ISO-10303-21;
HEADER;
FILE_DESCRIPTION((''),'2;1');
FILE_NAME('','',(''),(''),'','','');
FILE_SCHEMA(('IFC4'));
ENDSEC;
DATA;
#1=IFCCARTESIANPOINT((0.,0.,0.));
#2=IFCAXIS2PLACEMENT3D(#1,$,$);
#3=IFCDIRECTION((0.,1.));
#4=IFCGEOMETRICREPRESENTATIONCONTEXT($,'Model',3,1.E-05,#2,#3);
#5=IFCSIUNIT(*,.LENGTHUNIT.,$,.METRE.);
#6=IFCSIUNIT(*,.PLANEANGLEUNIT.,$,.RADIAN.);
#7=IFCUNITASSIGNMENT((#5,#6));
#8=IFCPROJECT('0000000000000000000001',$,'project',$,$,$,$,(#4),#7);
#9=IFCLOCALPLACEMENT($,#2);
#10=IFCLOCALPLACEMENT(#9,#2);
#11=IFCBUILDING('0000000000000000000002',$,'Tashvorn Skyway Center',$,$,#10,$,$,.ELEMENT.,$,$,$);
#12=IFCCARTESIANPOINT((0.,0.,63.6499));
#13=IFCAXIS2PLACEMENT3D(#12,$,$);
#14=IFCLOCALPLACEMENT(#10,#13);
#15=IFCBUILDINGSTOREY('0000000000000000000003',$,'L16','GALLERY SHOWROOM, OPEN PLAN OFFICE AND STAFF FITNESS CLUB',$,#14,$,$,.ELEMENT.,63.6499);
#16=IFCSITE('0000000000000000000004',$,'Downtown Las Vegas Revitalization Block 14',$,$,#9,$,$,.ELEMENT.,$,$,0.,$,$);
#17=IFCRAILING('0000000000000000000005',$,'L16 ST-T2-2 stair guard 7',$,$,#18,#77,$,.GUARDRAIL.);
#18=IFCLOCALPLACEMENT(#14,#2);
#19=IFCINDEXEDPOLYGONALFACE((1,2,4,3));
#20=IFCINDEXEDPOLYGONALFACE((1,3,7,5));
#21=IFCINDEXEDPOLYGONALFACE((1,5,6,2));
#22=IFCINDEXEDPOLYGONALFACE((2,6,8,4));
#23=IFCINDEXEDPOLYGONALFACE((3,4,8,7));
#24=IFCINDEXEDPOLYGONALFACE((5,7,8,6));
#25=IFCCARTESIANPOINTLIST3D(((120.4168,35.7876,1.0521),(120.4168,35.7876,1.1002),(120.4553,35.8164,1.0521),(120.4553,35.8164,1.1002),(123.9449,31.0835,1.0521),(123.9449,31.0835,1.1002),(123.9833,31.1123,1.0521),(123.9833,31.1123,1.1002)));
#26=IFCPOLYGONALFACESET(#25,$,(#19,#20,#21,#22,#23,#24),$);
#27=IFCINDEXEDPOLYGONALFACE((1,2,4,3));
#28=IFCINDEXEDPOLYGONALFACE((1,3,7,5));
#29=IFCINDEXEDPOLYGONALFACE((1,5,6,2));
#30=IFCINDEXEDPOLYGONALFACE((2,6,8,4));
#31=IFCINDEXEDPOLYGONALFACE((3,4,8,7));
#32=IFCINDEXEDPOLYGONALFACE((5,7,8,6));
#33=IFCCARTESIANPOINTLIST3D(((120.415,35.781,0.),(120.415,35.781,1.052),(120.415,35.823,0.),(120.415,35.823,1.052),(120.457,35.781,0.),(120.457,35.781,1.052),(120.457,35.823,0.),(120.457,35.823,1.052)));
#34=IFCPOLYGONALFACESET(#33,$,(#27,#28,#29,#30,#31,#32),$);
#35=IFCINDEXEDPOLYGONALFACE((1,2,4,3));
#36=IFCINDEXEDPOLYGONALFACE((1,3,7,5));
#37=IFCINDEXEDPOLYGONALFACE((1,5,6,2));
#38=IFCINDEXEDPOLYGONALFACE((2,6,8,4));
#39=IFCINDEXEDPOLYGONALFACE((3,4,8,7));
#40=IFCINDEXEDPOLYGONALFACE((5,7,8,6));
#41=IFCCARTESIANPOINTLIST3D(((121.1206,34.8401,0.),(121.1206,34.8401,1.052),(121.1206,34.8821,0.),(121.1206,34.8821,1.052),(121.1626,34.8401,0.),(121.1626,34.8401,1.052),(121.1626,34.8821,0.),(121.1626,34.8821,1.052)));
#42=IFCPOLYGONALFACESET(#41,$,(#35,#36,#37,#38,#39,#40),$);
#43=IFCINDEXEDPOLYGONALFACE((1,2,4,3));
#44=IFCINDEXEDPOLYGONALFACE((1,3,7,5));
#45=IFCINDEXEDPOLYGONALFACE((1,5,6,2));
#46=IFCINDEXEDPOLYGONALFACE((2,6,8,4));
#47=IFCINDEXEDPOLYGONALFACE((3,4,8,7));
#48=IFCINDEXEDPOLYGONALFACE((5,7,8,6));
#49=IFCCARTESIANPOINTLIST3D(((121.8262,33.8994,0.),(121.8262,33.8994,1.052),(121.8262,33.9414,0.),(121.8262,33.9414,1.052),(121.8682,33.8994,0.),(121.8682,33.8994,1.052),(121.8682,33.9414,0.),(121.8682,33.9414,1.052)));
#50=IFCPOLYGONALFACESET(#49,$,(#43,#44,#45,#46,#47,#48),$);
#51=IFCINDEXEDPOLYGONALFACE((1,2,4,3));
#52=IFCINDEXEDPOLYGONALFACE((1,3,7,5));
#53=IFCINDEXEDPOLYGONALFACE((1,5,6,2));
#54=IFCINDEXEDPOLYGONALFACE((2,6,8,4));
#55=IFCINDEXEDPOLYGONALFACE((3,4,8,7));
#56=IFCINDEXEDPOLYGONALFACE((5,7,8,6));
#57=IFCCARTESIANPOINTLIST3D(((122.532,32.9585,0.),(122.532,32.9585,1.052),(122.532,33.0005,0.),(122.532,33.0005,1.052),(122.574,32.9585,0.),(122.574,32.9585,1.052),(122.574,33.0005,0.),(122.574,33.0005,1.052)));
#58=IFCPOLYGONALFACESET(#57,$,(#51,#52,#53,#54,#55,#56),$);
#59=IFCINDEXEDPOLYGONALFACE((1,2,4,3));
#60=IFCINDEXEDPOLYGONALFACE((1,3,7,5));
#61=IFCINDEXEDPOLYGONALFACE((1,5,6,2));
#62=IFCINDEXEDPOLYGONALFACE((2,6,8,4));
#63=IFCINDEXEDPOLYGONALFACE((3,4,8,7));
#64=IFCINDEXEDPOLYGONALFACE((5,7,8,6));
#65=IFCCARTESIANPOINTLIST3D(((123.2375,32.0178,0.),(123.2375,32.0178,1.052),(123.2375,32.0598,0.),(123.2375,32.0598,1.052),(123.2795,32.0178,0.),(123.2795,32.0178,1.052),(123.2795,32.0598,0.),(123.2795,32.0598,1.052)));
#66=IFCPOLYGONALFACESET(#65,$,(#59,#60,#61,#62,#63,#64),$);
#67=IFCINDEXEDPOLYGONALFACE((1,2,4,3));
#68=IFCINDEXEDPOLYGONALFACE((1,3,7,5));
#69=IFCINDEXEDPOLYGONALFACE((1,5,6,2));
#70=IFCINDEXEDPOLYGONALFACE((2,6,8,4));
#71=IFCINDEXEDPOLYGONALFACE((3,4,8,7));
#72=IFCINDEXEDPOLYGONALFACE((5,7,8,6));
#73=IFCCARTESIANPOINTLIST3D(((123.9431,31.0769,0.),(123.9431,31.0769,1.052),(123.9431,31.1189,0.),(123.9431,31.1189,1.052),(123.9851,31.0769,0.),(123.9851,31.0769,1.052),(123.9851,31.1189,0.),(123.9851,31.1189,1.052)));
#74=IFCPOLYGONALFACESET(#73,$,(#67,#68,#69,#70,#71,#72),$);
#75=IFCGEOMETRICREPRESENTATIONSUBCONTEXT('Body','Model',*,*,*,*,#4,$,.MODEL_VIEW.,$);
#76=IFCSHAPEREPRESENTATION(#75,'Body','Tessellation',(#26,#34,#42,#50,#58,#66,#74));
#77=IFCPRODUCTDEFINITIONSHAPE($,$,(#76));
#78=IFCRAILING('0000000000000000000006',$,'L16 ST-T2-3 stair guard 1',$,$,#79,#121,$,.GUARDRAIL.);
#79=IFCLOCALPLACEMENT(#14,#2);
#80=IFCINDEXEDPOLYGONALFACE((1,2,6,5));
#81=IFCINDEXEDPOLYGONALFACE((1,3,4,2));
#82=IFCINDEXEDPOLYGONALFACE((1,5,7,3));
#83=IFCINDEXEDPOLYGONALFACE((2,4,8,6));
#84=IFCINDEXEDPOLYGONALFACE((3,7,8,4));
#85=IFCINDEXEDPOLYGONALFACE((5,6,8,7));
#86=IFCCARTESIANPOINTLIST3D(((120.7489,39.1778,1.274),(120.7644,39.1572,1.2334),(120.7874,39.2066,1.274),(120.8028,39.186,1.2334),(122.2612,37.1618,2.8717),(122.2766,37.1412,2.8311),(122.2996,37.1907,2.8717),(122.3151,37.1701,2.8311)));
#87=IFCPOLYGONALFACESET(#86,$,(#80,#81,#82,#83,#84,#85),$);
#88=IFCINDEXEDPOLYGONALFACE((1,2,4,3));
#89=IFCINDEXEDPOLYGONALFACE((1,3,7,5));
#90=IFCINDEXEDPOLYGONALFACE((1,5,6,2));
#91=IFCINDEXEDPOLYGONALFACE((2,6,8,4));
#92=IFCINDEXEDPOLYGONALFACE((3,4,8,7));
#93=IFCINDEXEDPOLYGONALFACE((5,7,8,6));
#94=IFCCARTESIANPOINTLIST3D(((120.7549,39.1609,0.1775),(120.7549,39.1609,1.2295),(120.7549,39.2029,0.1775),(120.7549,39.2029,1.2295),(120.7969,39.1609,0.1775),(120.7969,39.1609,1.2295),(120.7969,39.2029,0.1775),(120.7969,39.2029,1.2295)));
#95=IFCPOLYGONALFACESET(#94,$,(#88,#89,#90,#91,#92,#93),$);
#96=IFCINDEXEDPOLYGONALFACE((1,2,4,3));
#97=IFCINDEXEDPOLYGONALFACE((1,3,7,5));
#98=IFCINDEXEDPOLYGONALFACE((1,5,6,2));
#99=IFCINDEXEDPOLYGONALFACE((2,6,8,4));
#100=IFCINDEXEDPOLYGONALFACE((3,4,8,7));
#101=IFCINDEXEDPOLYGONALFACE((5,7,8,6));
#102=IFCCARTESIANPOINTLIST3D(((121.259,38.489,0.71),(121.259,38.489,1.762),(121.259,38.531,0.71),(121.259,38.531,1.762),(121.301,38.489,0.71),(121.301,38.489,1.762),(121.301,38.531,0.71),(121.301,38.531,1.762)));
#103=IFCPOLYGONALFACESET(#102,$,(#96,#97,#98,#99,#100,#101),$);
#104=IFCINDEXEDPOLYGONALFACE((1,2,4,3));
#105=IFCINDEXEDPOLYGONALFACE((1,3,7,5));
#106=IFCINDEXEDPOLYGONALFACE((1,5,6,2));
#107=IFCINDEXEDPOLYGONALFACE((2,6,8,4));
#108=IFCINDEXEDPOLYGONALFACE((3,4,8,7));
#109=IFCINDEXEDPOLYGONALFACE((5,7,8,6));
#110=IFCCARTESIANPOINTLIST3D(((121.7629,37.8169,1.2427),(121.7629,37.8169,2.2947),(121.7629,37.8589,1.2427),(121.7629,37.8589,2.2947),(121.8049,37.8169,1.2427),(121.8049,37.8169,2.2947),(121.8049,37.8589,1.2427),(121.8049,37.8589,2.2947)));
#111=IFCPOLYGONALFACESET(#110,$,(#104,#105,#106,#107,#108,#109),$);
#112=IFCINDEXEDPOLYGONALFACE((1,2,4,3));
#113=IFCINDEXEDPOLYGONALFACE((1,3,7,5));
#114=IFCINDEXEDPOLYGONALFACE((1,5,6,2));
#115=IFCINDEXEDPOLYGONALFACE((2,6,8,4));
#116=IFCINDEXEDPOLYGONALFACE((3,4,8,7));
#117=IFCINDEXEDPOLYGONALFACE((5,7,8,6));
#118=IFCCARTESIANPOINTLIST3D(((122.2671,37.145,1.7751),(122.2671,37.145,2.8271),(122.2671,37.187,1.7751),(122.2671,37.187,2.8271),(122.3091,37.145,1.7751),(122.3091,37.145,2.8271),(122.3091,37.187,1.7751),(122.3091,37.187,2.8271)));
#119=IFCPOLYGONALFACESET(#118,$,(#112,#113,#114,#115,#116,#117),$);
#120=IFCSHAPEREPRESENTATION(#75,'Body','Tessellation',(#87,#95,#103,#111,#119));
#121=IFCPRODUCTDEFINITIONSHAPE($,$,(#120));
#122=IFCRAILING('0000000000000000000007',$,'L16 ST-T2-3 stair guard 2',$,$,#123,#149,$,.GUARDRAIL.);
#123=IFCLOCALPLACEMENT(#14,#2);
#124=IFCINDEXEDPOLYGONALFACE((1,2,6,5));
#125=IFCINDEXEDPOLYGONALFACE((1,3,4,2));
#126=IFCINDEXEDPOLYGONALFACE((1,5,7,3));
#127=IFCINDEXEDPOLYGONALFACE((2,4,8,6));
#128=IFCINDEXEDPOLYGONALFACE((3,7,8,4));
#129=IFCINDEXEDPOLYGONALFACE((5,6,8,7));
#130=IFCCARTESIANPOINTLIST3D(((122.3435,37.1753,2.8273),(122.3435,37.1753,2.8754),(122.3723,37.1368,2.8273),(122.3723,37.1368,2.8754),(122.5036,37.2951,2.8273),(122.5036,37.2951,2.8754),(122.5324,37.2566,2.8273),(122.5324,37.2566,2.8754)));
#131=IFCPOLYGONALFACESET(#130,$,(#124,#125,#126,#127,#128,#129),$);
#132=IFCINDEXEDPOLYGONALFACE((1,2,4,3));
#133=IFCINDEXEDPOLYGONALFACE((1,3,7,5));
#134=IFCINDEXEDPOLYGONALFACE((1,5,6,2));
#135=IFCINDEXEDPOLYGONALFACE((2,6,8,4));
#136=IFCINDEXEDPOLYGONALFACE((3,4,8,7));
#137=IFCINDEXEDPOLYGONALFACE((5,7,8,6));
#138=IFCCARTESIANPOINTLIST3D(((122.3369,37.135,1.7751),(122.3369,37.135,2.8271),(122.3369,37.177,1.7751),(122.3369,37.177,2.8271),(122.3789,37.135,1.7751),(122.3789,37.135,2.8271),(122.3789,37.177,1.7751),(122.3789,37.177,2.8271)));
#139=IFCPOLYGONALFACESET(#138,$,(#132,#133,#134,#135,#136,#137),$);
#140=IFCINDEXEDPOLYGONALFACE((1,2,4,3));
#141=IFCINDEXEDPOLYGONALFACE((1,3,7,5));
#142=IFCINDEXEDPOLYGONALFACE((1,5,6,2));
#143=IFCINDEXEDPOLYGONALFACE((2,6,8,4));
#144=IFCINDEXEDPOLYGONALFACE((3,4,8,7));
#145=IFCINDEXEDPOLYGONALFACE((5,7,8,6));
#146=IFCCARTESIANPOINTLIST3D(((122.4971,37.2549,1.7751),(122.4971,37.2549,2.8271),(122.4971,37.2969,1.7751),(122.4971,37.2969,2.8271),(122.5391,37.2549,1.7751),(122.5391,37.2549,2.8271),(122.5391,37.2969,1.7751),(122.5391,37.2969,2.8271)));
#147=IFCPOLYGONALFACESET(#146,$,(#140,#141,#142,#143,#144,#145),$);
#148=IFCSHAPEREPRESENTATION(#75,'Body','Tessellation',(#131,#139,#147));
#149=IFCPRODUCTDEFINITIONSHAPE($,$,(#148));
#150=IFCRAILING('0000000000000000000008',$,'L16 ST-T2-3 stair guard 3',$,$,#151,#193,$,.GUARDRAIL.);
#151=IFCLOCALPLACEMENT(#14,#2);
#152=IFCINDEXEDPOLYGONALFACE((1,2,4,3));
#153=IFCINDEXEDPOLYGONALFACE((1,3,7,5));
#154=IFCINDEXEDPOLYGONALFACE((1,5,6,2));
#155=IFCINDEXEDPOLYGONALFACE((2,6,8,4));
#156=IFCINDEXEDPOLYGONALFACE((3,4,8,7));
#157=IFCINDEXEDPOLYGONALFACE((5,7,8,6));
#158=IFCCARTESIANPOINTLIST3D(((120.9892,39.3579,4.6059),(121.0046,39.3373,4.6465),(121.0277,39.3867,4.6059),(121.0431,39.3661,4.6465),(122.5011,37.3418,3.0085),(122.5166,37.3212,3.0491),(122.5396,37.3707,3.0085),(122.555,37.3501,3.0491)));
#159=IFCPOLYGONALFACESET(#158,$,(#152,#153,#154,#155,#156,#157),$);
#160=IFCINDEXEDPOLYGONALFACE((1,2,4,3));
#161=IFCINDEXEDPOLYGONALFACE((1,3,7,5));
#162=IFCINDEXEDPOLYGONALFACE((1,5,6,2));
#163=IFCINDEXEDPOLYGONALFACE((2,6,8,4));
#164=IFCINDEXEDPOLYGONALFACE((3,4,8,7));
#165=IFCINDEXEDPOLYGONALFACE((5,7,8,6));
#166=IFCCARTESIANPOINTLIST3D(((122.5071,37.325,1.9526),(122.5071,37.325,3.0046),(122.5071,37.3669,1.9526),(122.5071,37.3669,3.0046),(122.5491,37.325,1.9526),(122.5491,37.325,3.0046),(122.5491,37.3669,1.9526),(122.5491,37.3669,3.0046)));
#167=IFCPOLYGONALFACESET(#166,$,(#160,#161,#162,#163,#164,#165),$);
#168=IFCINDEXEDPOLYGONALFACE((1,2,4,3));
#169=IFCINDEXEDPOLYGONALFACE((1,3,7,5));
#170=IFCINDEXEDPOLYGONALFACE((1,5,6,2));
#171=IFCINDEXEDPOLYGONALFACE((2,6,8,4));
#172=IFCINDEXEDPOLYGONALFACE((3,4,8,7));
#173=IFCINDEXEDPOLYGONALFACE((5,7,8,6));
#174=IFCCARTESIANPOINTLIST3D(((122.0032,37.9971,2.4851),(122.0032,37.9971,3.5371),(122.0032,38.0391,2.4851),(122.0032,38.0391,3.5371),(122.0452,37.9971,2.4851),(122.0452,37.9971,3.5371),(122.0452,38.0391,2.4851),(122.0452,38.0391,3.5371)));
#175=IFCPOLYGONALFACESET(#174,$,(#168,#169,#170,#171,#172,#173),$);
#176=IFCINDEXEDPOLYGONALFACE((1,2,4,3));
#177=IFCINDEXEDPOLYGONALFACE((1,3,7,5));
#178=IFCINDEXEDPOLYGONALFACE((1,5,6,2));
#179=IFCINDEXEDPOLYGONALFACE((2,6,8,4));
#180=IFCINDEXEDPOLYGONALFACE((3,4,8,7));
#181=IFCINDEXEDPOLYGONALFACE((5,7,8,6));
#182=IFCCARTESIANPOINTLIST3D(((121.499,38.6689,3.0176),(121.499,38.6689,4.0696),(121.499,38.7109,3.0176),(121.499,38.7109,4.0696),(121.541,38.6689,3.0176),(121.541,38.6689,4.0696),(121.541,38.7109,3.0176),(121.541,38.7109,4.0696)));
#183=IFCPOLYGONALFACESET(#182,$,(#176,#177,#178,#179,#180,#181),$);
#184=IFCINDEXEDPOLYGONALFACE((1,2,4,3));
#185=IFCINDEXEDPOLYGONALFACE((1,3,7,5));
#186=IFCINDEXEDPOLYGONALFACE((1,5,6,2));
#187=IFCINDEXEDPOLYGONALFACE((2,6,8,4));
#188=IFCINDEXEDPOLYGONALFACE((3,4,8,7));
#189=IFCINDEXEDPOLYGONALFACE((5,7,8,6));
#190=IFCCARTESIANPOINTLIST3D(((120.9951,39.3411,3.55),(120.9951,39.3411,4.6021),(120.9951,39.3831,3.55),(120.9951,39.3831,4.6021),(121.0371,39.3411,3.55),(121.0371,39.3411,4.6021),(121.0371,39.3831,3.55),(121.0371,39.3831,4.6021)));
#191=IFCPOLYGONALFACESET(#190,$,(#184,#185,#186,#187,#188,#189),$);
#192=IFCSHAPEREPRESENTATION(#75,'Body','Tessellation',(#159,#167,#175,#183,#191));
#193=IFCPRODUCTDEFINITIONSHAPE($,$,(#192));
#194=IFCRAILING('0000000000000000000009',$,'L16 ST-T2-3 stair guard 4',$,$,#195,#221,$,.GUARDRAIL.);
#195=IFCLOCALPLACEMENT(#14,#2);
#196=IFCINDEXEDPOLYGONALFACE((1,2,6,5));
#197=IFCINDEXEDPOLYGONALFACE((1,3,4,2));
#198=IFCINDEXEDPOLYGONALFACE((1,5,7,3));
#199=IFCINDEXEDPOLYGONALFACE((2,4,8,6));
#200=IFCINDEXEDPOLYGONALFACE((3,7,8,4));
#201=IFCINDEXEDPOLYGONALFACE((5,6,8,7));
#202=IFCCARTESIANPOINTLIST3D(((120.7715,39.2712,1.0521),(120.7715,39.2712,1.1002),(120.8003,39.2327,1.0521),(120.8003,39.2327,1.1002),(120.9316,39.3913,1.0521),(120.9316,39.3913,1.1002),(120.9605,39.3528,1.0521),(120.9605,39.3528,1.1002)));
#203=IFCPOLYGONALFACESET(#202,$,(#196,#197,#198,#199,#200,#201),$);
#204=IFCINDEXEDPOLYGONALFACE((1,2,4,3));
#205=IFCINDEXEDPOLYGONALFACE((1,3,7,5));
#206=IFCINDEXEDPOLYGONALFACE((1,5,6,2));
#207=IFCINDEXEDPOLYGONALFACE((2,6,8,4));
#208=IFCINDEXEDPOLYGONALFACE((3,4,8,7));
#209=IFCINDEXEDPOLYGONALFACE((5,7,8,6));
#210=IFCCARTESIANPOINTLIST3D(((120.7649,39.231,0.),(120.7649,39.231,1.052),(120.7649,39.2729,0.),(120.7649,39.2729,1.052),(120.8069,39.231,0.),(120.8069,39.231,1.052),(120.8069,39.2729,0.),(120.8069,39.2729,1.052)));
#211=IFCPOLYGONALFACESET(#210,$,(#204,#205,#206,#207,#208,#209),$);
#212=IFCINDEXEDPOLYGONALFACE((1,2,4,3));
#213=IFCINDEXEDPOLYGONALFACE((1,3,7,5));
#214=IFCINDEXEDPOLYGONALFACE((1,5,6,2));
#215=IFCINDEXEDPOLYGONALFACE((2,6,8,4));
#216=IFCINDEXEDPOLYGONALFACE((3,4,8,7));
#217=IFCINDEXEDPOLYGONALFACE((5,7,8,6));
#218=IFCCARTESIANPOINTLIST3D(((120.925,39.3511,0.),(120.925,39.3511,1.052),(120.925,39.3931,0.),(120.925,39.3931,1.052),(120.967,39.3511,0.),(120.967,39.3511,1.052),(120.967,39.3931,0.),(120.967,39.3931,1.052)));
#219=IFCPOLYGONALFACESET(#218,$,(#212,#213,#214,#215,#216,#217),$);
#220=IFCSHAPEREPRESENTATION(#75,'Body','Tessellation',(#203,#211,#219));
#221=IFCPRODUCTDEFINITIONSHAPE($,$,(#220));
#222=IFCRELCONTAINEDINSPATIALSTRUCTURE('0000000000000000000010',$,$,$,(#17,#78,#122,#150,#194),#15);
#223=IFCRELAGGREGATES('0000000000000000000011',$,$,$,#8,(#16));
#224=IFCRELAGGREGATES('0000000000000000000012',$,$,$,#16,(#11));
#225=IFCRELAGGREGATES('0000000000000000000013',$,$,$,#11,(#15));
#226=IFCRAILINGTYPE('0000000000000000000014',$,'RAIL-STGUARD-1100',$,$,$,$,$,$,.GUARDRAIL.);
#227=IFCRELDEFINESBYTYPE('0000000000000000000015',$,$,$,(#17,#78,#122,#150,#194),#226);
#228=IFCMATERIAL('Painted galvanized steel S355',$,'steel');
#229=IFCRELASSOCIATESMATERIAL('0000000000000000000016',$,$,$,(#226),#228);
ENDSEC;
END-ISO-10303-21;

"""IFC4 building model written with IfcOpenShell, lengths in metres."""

from ifc_helpers import new_model, si_unit, direction, frame, origin, origin_2d, place, context, subcontext, project, spatial, rectangle, extrude, material, type_object, element, save


model = new_model("IFC4")

# Units and contexts
model_context = context("Model", 3, precision=1e-05, world=origin(), true_north=direction((0.0, 1.0)))
body_context = subcontext(model_context, "Body", "Model", "MODEL_VIEW")
ifc_project = project(units=[si_unit("LENGTHUNIT", "METRE"), si_unit("PLANEANGLEUNIT", "RADIAN")], contexts=[model_context])

# Site, building, storey
site_placement = place(None, origin())
site = spatial("IfcSite", under=ifc_project, at=site_placement, Name="Downtown Las Vegas Revitalization Block 14", CompositionType="ELEMENT", RefElevation=0.0)
building_placement = place(site_placement, origin())
building = spatial("IfcBuilding", under=site, at=building_placement, Name="Tashvorn Skyway Center", CompositionType="ELEMENT")
storey_placement = place(building_placement, frame((0.0, 0.0, 63.6499)))
storey = spatial("IfcBuildingStorey", under=building, at=storey_placement, Name="L16", Description="GALLERY SHOWROOM, OPEN PLAN OFFICE AND STAFF FITNESS CLUB", CompositionType="ELEMENT", Elevation=63.6499)

# Railings
ifc_material_1 = material(Name="Painted galvanized steel S355", Category="steel")
railing_type_1 = type_object("IfcRailingType", Name="RAIL-STGUARD-1100", PredefinedType="GUARDRAIL", material=ifc_material_1)
railing_1_placement = place(storey_placement, frame((120.436, 35.802, 0.0)))
element("IfcRailing", 1, at=railing_1_placement, inside=storey, type_object=railing_type_1, Name="L16 ST-T2-2 stair guard 7", PredefinedType="GUARDRAIL", context=body_context, shape_type="SweptSolid", body=[
    extrude(rectangle(XDim=0.0481, YDim=0.0481, at=origin_2d()), frame((0.0, 0.0, 1.0762), z_axis=(0.6, -0.8, 0.0), x_axis=(0.8, 0.6, 0.0)), (0.0, 0.0, 1.0), 5.8801),
    extrude(rectangle(XDim=0.042, YDim=0.042, at=origin_2d()), origin(), (0.0, 0.0, 1.0), 1.052),
    extrude(rectangle(XDim=0.042, YDim=0.042, at=origin_2d()), frame((0.7056, -0.9409, 0.0)), (0.0, 0.0, 1.0), 1.052),
    extrude(rectangle(XDim=0.042, YDim=0.042, at=origin_2d()), frame((1.4111, -1.8816, 0.0)), (0.0, 0.0, 1.0), 1.052),
    extrude(rectangle(XDim=0.042, YDim=0.042, at=origin_2d()), frame((2.1169, -2.8225, 0.0)), (0.0, 0.0, 1.0), 1.052),
    extrude(rectangle(XDim=0.042, YDim=0.042, at=origin_2d()), frame((2.8225, -3.7632, 0.0)), (0.0, 0.0, 1.0), 1.052),
    extrude(rectangle(XDim=0.042, YDim=0.042, at=origin_2d()), frame((3.5281, -4.7041, 0.0)), (0.0, 0.0, 1.0), 1.052),
])
railing_2_placement = place(storey_placement, frame((120.7759, 39.1819, 0.1775)))
element("IfcRailing", 2, at=railing_2_placement, inside=storey, type_object=railing_type_1, Name="L16 ST-T2-3 stair guard 1", PredefinedType="GUARDRAIL", context=body_context, shape_type="SweptSolid", body=[
    extrude(rectangle(XDim=0.0481, YDim=0.0481, at=origin_2d()), frame((0.0, 0.0, 1.0762), z_axis=(0.506807, -0.675607, 0.535445), x_axis=(0.799942, 0.600078, 0.0)), (0.0, 0.0, 1.0), 2.9839),
    extrude(rectangle(XDim=0.042, YDim=0.042, at=origin_2d()), origin(), (0.0, 0.0, 1.0), 1.052),
    extrude(rectangle(XDim=0.042, YDim=0.042, at=origin_2d()), frame((0.5042, -0.6719, 0.5325)), (0.0, 0.0, 1.0), 1.052),
    extrude(rectangle(XDim=0.042, YDim=0.042, at=origin_2d()), frame((1.0081, -1.344, 1.0652)), (0.0, 0.0, 1.0), 1.052),
    extrude(rectangle(XDim=0.042, YDim=0.042, at=origin_2d()), frame((1.5122, -2.0159, 1.5977)), (0.0, 0.0, 1.0), 1.052),
])
railing_3_placement = place(storey_placement, frame((122.3579, 37.156, 1.7751)))
element("IfcRailing", 3, at=railing_3_placement, inside=storey, type_object=railing_type_1, Name="L16 ST-T2-3 stair guard 2", PredefinedType="GUARDRAIL", context=body_context, shape_type="SweptSolid", body=[
    extrude(rectangle(XDim=0.0481, YDim=0.0481, at=origin_2d()), frame((0.0, 0.0, 1.0762), z_axis=(0.800585, 0.599219, 0.0), x_axis=(-0.599219, 0.800585, 0.0)), (0.0, 0.0, 1.0), 0.2),
    extrude(rectangle(XDim=0.042, YDim=0.042, at=origin_2d()), origin(), (0.0, 0.0, 1.0), 1.052),
    extrude(rectangle(XDim=0.042, YDim=0.042, at=origin_2d()), frame((0.1602, 0.1199, 0.0)), (0.0, 0.0, 1.0), 1.052),
])
railing_4_placement = place(storey_placement, frame((122.5281, 37.3459, 1.9526)))
element("IfcRailing", 4, at=railing_4_placement, inside=storey, type_object=railing_type_1, Name="L16 ST-T2-3 stair guard 3", PredefinedType="GUARDRAIL", context=body_context, shape_type="SweptSolid", body=[
    extrude(rectangle(XDim=0.0481, YDim=0.0481, at=origin_2d()), frame((0.0, 0.0, 1.0762), z_axis=(-0.506741, 0.675709, 0.535379), x_axis=(-0.800023, -0.599969, 0.0)), (0.0, 0.0, 1.0), 2.9836),
    extrude(rectangle(XDim=0.042, YDim=0.042, at=origin_2d()), origin(), (0.0, 0.0, 1.0), 1.052),
    extrude(rectangle(XDim=0.042, YDim=0.042, at=origin_2d()), frame((-0.5039, 0.6721, 0.5325)), (0.0, 0.0, 1.0), 1.052),
    extrude(rectangle(XDim=0.042, YDim=0.042, at=origin_2d()), frame((-1.0081, 1.344, 1.0649)), (0.0, 0.0, 1.0), 1.052),
    extrude(rectangle(XDim=0.042, YDim=0.042, at=origin_2d()), frame((-1.512, 2.0161, 1.5974)), (0.0, 0.0, 1.0), 1.052),
])
railing_5_placement = place(storey_placement, frame((120.7859, 39.252, 0.0)))
element("IfcRailing", 5, at=railing_5_placement, inside=storey, type_object=railing_type_1, Name="L16 ST-T2-3 stair guard 4", PredefinedType="GUARDRAIL", context=body_context, shape_type="SweptSolid", body=[
    extrude(rectangle(XDim=0.0481, YDim=0.0481, at=origin_2d()), frame((0.0, 0.0, 1.0762), z_axis=(0.8, 0.6, 0.0), x_axis=(-0.6, 0.8, 0.0)), (0.0, 0.0, 1.0), 0.2002),
    extrude(rectangle(XDim=0.042, YDim=0.042, at=origin_2d()), origin(), (0.0, 0.0, 1.0), 1.052),
    extrude(rectangle(XDim=0.042, YDim=0.042, at=origin_2d()), frame((0.1602, 0.1201, 0.0)), (0.0, 0.0, 1.0), 1.052),
])

save(model, "model.ifc")
